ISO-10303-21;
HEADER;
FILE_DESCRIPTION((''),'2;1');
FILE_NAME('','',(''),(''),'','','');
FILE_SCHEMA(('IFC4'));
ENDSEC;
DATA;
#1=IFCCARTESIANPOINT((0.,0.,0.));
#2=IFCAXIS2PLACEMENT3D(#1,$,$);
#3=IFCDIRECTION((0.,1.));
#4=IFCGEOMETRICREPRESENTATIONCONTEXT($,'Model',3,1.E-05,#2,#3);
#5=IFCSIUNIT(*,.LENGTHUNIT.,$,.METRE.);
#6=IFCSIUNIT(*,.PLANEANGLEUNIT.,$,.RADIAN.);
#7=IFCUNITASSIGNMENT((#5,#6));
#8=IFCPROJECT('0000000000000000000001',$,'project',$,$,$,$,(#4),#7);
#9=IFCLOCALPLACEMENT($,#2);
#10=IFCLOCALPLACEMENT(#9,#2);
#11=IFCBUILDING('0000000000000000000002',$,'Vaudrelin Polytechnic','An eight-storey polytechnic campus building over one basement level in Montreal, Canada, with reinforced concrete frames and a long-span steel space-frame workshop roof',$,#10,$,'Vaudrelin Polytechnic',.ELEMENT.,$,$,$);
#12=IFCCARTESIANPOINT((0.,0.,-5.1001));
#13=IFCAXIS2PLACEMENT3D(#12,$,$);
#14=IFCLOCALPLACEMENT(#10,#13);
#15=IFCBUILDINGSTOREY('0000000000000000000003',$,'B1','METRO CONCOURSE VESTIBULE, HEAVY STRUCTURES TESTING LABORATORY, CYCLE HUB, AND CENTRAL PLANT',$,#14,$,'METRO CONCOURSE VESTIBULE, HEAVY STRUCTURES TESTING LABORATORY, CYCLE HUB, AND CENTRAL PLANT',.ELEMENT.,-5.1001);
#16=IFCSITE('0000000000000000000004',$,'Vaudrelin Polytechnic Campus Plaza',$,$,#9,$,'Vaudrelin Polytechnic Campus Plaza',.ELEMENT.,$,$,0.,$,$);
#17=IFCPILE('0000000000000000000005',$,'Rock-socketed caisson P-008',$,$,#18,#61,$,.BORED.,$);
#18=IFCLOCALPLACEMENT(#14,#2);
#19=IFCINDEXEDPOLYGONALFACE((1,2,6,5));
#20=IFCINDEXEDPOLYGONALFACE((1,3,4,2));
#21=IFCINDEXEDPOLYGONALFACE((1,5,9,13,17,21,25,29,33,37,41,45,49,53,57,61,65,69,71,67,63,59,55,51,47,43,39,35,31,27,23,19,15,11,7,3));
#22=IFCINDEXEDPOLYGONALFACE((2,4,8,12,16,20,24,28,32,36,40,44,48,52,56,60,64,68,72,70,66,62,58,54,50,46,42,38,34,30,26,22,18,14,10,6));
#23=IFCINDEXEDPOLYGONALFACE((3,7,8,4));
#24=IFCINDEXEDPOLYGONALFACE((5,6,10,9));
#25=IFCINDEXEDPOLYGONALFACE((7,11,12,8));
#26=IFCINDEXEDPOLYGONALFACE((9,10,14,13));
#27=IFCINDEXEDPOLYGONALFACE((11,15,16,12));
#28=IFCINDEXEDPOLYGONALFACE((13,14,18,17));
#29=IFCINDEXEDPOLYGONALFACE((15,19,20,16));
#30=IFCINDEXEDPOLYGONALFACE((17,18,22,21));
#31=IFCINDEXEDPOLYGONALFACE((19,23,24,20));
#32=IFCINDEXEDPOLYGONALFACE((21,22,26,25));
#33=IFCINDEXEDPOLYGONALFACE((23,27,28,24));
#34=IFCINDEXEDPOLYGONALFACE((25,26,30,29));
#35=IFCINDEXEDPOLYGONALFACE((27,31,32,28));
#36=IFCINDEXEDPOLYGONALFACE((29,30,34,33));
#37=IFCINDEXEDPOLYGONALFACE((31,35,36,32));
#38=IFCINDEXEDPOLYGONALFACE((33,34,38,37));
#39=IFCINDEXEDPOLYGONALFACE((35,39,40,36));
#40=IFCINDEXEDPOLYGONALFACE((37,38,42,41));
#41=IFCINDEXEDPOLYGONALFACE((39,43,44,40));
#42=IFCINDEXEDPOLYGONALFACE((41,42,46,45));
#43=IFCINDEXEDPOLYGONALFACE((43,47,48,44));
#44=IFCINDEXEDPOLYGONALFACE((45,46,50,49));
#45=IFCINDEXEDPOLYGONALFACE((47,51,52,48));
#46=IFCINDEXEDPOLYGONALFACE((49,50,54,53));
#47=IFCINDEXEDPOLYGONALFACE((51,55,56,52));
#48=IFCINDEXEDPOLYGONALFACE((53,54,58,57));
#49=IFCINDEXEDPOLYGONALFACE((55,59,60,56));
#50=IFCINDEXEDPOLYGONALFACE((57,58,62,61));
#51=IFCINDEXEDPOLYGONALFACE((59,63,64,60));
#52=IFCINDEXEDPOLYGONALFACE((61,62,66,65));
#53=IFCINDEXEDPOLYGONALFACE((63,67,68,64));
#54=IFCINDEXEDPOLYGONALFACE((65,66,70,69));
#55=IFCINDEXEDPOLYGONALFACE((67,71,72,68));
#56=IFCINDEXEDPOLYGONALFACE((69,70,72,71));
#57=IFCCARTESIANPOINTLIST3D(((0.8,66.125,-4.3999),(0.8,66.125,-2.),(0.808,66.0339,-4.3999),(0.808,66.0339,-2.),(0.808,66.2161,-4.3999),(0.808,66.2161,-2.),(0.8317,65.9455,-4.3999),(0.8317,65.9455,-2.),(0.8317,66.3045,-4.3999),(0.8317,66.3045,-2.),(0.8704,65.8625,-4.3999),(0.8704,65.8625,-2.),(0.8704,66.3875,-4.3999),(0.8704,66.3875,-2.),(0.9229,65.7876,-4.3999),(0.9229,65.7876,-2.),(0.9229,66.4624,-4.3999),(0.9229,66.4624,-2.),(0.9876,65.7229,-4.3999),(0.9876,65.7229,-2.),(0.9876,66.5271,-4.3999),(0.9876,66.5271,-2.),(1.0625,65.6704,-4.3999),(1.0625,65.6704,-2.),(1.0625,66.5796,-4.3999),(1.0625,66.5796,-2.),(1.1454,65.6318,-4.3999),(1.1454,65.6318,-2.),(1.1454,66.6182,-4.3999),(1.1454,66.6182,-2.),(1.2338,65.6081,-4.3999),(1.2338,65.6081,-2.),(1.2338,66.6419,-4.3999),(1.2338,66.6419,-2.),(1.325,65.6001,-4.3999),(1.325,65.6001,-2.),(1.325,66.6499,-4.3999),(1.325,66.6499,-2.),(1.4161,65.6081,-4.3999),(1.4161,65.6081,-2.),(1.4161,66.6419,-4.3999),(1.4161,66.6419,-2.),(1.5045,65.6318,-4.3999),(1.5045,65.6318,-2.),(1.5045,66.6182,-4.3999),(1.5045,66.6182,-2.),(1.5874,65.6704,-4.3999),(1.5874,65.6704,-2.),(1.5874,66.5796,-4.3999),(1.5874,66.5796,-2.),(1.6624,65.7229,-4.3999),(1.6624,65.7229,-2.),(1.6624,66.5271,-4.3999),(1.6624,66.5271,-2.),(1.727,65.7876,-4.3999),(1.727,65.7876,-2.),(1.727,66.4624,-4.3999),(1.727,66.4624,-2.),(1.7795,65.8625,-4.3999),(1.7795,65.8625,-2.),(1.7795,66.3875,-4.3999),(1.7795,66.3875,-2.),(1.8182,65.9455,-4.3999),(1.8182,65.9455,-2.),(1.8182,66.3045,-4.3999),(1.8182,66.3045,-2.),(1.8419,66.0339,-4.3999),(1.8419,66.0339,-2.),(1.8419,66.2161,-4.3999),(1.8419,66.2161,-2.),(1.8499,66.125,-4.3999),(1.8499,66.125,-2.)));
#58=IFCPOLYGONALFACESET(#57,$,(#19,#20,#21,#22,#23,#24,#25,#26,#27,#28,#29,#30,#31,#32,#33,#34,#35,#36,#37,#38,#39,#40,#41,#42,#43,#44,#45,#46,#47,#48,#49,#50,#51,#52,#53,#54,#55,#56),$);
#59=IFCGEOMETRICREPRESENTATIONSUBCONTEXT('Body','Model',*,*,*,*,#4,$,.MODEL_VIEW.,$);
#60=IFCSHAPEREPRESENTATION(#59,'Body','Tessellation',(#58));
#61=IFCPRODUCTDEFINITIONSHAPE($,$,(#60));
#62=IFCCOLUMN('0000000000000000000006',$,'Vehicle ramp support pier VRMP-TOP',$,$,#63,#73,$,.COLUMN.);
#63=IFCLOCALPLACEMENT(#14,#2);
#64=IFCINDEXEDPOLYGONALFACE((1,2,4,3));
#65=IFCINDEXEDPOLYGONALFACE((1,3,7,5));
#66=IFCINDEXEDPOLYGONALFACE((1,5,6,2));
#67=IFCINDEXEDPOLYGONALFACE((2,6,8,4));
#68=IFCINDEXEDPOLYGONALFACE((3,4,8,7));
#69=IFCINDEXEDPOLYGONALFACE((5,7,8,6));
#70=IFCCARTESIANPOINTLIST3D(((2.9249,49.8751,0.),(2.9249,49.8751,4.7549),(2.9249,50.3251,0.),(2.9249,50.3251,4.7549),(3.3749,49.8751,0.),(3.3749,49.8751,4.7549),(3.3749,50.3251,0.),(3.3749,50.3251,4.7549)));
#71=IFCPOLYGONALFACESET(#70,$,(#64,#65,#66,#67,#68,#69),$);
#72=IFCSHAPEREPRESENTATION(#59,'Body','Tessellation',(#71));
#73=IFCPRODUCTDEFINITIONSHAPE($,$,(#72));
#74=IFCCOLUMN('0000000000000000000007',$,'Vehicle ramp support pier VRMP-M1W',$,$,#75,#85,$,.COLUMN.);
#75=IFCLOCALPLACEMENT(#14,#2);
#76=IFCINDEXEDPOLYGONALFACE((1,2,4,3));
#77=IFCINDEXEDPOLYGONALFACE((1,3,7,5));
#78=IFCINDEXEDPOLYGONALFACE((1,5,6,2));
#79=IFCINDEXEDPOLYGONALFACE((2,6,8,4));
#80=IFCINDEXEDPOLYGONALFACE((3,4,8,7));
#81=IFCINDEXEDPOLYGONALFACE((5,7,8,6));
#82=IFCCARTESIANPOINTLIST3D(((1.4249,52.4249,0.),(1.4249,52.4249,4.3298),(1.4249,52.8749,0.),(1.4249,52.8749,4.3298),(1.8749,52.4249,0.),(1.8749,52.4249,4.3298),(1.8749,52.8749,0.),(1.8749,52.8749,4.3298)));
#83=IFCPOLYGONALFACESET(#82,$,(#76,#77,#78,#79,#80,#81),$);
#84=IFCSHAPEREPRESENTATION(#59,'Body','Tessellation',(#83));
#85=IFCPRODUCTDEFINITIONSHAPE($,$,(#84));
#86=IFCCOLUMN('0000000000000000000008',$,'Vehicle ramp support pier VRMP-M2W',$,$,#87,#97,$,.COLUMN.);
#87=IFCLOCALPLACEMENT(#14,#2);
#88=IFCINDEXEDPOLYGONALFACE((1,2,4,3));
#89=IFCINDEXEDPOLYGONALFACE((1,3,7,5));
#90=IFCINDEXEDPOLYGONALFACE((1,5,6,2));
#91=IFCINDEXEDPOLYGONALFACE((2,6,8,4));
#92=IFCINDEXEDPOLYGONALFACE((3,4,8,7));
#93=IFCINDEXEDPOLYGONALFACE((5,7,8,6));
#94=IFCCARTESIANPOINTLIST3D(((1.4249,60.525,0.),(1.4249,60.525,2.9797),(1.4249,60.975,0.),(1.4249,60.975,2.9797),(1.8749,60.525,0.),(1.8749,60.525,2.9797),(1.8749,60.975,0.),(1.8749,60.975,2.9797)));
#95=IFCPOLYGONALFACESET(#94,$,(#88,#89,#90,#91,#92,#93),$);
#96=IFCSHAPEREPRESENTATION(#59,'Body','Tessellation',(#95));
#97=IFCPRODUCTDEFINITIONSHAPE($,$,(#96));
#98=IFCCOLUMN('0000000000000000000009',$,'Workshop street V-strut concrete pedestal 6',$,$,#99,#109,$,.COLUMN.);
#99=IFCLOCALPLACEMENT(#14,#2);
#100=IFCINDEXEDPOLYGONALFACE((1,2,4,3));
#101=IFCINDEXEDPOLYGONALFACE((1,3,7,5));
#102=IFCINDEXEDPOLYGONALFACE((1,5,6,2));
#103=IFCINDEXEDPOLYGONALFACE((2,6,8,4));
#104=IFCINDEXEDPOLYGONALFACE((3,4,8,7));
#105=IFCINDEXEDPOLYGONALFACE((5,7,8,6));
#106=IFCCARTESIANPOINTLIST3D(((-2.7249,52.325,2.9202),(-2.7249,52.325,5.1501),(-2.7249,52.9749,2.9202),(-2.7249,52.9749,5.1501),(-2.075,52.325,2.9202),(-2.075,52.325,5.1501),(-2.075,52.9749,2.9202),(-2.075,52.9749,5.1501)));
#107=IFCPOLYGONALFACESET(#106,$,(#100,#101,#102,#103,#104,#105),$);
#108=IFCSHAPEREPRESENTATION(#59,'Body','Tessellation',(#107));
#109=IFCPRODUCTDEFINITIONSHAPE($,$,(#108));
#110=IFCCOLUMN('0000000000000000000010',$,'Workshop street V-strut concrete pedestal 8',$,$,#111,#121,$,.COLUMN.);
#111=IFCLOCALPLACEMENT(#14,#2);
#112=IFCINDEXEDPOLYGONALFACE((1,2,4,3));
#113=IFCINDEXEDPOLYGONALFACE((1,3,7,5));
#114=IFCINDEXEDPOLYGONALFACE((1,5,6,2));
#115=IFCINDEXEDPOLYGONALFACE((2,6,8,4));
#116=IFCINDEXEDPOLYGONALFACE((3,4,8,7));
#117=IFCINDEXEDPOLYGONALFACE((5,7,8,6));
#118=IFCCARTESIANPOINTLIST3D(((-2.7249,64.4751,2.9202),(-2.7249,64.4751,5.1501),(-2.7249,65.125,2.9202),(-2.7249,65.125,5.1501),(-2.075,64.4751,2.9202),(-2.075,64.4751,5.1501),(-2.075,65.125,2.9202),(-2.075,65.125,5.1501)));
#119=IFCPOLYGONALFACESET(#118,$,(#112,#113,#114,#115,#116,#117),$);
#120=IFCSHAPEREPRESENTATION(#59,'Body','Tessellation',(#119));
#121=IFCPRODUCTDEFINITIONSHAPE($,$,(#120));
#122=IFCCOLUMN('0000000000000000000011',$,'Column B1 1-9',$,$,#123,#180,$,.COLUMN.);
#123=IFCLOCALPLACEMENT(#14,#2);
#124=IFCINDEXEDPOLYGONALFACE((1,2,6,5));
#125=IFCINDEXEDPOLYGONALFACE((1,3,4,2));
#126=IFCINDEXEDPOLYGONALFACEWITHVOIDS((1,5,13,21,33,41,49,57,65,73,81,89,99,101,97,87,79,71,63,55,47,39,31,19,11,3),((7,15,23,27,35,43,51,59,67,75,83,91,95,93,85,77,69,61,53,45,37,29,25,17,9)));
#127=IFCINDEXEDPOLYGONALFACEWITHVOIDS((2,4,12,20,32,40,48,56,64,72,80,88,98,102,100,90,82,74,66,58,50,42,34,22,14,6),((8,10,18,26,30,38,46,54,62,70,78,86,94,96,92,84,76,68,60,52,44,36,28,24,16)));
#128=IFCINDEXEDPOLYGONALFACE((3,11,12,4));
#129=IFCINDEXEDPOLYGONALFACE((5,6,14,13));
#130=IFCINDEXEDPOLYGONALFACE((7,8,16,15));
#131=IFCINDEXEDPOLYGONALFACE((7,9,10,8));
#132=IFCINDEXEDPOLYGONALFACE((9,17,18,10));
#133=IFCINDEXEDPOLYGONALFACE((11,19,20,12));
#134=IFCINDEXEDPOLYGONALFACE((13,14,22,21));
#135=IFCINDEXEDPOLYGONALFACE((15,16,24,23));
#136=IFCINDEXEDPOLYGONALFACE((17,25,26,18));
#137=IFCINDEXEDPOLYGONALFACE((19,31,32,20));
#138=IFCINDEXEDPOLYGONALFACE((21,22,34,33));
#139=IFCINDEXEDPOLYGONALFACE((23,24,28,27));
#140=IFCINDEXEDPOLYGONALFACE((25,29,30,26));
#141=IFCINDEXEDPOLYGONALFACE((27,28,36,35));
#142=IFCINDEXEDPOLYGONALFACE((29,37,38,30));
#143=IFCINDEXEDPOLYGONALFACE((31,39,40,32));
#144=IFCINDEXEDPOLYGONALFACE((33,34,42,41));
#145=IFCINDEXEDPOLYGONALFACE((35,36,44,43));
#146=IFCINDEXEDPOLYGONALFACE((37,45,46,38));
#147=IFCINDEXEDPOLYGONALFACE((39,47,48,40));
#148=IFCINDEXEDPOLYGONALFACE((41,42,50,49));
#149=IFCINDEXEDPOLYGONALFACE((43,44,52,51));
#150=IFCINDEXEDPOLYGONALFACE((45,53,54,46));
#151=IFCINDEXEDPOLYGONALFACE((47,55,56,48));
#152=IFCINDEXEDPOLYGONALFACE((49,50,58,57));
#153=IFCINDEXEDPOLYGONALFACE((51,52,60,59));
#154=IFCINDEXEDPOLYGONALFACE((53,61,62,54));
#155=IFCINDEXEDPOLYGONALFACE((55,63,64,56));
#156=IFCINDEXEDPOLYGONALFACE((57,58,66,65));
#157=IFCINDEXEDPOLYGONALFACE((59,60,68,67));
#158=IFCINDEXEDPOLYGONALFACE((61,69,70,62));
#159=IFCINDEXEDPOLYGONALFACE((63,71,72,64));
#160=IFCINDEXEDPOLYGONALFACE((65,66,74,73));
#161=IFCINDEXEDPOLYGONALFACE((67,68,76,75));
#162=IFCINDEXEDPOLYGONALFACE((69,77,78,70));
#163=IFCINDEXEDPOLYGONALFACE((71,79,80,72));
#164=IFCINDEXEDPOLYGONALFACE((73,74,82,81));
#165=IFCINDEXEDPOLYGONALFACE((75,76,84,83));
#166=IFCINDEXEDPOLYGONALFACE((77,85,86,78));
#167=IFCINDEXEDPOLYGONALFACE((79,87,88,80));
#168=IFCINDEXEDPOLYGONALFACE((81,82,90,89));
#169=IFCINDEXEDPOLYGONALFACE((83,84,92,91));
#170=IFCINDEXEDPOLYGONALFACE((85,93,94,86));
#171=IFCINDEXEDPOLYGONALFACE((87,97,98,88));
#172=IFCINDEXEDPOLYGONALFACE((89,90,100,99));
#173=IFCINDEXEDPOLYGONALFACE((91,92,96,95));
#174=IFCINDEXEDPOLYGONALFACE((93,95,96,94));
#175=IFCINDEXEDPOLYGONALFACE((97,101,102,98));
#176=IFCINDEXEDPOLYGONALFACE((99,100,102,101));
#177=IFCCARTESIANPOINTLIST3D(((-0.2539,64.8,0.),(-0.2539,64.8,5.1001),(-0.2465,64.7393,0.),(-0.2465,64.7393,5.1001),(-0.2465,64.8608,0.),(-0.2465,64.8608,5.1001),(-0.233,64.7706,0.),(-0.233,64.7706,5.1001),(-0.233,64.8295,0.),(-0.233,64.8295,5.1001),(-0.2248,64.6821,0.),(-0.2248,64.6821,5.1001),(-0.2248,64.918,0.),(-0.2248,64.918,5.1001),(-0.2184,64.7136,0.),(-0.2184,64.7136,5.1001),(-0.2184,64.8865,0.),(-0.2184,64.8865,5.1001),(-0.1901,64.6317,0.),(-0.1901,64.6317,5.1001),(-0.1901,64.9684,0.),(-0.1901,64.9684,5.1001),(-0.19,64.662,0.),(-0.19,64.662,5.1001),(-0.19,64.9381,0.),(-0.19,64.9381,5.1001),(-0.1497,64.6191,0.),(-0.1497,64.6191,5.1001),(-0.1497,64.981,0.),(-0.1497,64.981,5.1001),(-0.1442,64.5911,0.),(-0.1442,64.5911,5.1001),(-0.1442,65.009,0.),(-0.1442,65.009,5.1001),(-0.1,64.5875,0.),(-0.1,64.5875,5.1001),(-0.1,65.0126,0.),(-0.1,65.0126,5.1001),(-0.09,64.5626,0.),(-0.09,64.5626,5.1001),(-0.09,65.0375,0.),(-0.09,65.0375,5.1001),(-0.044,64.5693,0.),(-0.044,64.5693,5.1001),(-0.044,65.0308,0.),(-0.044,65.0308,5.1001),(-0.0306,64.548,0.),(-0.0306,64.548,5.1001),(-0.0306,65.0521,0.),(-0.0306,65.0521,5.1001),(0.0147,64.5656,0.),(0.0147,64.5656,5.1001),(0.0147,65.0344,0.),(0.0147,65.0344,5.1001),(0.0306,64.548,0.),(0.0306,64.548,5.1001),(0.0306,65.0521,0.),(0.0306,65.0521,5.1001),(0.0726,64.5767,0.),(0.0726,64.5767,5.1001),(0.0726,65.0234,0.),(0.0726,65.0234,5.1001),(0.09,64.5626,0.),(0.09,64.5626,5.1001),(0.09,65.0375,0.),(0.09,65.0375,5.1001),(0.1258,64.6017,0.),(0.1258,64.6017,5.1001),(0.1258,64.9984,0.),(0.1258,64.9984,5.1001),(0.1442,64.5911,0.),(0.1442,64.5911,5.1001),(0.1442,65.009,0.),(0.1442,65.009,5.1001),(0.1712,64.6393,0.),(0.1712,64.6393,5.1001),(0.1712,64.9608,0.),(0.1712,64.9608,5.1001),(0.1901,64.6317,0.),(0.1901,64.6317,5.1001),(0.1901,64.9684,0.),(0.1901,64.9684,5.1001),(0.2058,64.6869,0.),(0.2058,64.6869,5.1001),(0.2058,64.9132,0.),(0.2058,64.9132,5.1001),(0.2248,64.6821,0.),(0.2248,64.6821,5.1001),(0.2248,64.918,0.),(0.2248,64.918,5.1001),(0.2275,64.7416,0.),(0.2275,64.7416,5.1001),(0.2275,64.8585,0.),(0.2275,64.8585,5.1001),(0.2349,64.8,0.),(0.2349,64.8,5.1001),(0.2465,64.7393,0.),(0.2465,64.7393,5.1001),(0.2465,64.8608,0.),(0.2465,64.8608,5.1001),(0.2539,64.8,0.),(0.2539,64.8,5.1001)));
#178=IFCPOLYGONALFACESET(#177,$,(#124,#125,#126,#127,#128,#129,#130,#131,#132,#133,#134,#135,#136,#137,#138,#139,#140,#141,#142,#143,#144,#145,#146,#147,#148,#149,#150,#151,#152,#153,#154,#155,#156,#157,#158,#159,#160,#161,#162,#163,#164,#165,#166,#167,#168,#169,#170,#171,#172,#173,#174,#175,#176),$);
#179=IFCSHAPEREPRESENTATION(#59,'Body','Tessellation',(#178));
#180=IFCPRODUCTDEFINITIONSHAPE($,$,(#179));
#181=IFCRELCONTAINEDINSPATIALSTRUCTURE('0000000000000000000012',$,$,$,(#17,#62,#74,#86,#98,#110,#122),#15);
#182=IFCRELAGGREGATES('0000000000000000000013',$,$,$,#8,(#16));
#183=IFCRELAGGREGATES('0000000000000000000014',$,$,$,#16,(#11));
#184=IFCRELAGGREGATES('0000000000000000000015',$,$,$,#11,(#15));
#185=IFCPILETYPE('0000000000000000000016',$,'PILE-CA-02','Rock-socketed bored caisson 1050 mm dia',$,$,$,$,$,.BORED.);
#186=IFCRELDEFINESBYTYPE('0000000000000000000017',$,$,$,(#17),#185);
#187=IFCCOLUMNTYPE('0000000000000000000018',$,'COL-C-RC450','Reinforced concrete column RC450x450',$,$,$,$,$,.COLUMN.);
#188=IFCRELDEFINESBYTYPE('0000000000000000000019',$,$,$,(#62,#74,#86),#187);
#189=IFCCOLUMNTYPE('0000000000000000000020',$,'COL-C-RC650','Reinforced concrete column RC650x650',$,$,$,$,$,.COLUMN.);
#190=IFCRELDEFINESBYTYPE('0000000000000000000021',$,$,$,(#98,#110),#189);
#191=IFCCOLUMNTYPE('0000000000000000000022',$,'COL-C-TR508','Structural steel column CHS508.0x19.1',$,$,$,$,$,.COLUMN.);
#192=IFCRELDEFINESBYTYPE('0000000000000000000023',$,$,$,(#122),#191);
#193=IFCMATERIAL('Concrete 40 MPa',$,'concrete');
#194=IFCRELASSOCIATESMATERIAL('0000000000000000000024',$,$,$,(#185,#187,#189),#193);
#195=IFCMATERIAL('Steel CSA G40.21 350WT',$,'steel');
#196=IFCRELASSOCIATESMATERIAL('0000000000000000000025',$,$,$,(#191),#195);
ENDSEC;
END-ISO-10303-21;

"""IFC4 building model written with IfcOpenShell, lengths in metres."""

from ifc_helpers import new_model, si_unit, direction, frame, origin, origin_2d, place, context, subcontext, project, spatial, rectangle, circle, hollow_circle, extrude, material, material_profile, profile_set, type_object, element, save


model = new_model("IFC4")

# Units and contexts
model_context = context("Model", 3, precision=1e-05, world=origin(), true_north=direction((0.0, 1.0)))
body_context = subcontext(model_context, "Body", "Model", "MODEL_VIEW")
ifc_project = project(units=[si_unit("LENGTHUNIT", "METRE"), si_unit("PLANEANGLEUNIT", "RADIAN")], contexts=[model_context])

# Site, building, storey
site_placement = place(None, origin())
site = spatial("IfcSite", under=ifc_project, at=site_placement, Name="Vaudrelin Polytechnic Campus Plaza", LongName="Vaudrelin Polytechnic Campus Plaza", CompositionType="ELEMENT", RefElevation=0.0)
building_placement = place(site_placement, origin())
building = spatial("IfcBuilding", under=site, at=building_placement, Name="Vaudrelin Polytechnic", Description="An eight-storey polytechnic campus building over one basement level in Montreal, Canada, with reinforced concrete frames and a long-span steel space-frame workshop roof", LongName="Vaudrelin Polytechnic", CompositionType="ELEMENT")
storey_placement = place(building_placement, frame((0.0, 0.0, -5.1001)))
storey = spatial("IfcBuildingStorey", under=building, at=storey_placement, Name="B1", Description="METRO CONCOURSE VESTIBULE, HEAVY STRUCTURES TESTING LABORATORY, CYCLE HUB, AND CENTRAL PLANT", LongName="METRO CONCOURSE VESTIBULE, HEAVY STRUCTURES TESTING LABORATORY, CYCLE HUB, AND CENTRAL PLANT", CompositionType="ELEMENT", Elevation=-5.1001)

# Shared definitions
ifc_material_1 = material(Name="Concrete 40 MPa", Category="concrete")

# Pile
ifc_material_profile_1 = material_profile(ifc_material_1, circle(Radius=0.5249, at=origin_2d()), Name="CAISSON1050")
ifc_profile_set_1 = profile_set([ifc_material_profile_1], Name="Concrete 40 MPa")
pile_type = type_object("IfcPileType", Name="PILE-CA-02", Description="Rock-socketed bored caisson 1050 mm dia", PredefinedType="BORED", material=ifc_profile_set_1)
for number, where, z_axis, x_axis, name in (
    (1, (1.325, 66.125, -2.0), (0.0, 0.0, -1.0), (1.0, 0.0, 0.0), "Rock-socketed caisson P-008"),
):
    element("IfcPile", number, at=place(storey_placement, frame(where, z_axis=z_axis, x_axis=x_axis)), inside=storey, type_object=pile_type, Name=name, PredefinedType="BORED", context=body_context, shape_type="SweptSolid", body=[
        extrude(circle(Radius=0.5249, at=origin_2d()), origin(), (0.0, 0.0, 1.0), 2.3999),
    ])

# Columns
ifc_material_profile_2 = material_profile(ifc_material_1, rectangle(XDim=0.45, YDim=0.45, at=origin_2d()), Name="RC450x450")
ifc_profile_set_2 = profile_set([ifc_material_profile_2], Name="Concrete 40 MPa")
column_type_1 = type_object("IfcColumnType", Name="COL-C-RC450", Description="Reinforced concrete column RC450x450", PredefinedType="COLUMN", material=ifc_profile_set_2)
column_1_placement = place(storey_placement, frame((3.1499, 50.1001, 0.0), z_axis=(0.0, 0.0, 1.0), x_axis=(1.0, 0.0, 0.0)))
element("IfcColumn", 2, at=column_1_placement, inside=storey, type_object=column_type_1, Name="Vehicle ramp support pier VRMP-TOP", PredefinedType="COLUMN", context=body_context, shape_type="SweptSolid", body=[
    extrude(rectangle(XDim=0.45, YDim=0.45, at=origin_2d()), origin(), (0.0, 0.0, 1.0), 4.7549),
])
column_2_placement = place(storey_placement, frame((1.6499, 52.6499, 0.0), z_axis=(0.0, 0.0, 1.0), x_axis=(1.0, 0.0, 0.0)))
element("IfcColumn", 3, at=column_2_placement, inside=storey, type_object=column_type_1, Name="Vehicle ramp support pier VRMP-M1W", PredefinedType="COLUMN", context=body_context, shape_type="SweptSolid", body=[
    extrude(rectangle(XDim=0.45, YDim=0.45, at=origin_2d()), origin(), (0.0, 0.0, 1.0), 4.3298),
])
column_3_placement = place(storey_placement, frame((1.6499, 60.75, 0.0), z_axis=(0.0, 0.0, 1.0), x_axis=(1.0, 0.0, 0.0)))
element("IfcColumn", 4, at=column_3_placement, inside=storey, type_object=column_type_1, Name="Vehicle ramp support pier VRMP-M2W", PredefinedType="COLUMN", context=body_context, shape_type="SweptSolid", body=[
    extrude(rectangle(XDim=0.45, YDim=0.45, at=origin_2d()), origin(), (0.0, 0.0, 1.0), 2.9797),
])
ifc_material_profile_3 = material_profile(ifc_material_1, rectangle(XDim=0.6499, YDim=0.6499, at=origin_2d()), Name="RC650x650")
ifc_profile_set_3 = profile_set([ifc_material_profile_3], Name="Concrete 40 MPa")
column_type_2 = type_object("IfcColumnType", Name="COL-C-RC650", Description="Reinforced concrete column RC650x650", PredefinedType="COLUMN", material=ifc_profile_set_3)
for number, where, z_axis, x_axis, name in (
    (5, (-2.3999, 52.6499, 2.9202), (0.0, 0.0, 1.0), (1.0, 0.0, 0.0), "Workshop street V-strut concrete pedestal 6"),
    (6, (-2.3999, 64.8, 2.9202), (0.0, 0.0, 1.0), (1.0, 0.0, 0.0), "Workshop street V-strut concrete pedestal 8"),
):
    element("IfcColumn", number, at=place(storey_placement, frame(where, z_axis=z_axis, x_axis=x_axis)), inside=storey, type_object=column_type_2, Name=name, PredefinedType="COLUMN", context=body_context, shape_type="SweptSolid", body=[
        extrude(rectangle(XDim=0.6499, YDim=0.6499, at=origin_2d()), origin(), (0.0, 0.0, 1.0), 2.23),
    ])
ifc_material_2 = material(Name="Steel CSA G40.21 350WT", Category="steel")
ifc_material_profile_4 = material_profile(ifc_material_2, hollow_circle(Radius=0.2539, WallThickness=0.019, at=origin_2d()), Name="CHS508.0x19.1")
ifc_profile_set_4 = profile_set([ifc_material_profile_4], Name="Steel CSA G40.21 350WT")
column_type_3 = type_object("IfcColumnType", Name="COL-C-TR508", Description="Structural steel column CHS508.0x19.1", PredefinedType="COLUMN", material=ifc_profile_set_4)
column_4_placement = place(storey_placement, frame((0.0, 64.8, 0.0), z_axis=(0.0, 0.0, 1.0), x_axis=(1.0, 0.0, 0.0)))
element("IfcColumn", 7, at=column_4_placement, inside=storey, type_object=column_type_3, Name="Column B1 1-9", PredefinedType="COLUMN", context=body_context, shape_type="SweptSolid", body=[
    extrude(hollow_circle(Radius=0.2539, WallThickness=0.019, at=origin_2d()), origin(), (0.0, 0.0, 1.0), 5.1001),
])

save(model, "model.ifc")
